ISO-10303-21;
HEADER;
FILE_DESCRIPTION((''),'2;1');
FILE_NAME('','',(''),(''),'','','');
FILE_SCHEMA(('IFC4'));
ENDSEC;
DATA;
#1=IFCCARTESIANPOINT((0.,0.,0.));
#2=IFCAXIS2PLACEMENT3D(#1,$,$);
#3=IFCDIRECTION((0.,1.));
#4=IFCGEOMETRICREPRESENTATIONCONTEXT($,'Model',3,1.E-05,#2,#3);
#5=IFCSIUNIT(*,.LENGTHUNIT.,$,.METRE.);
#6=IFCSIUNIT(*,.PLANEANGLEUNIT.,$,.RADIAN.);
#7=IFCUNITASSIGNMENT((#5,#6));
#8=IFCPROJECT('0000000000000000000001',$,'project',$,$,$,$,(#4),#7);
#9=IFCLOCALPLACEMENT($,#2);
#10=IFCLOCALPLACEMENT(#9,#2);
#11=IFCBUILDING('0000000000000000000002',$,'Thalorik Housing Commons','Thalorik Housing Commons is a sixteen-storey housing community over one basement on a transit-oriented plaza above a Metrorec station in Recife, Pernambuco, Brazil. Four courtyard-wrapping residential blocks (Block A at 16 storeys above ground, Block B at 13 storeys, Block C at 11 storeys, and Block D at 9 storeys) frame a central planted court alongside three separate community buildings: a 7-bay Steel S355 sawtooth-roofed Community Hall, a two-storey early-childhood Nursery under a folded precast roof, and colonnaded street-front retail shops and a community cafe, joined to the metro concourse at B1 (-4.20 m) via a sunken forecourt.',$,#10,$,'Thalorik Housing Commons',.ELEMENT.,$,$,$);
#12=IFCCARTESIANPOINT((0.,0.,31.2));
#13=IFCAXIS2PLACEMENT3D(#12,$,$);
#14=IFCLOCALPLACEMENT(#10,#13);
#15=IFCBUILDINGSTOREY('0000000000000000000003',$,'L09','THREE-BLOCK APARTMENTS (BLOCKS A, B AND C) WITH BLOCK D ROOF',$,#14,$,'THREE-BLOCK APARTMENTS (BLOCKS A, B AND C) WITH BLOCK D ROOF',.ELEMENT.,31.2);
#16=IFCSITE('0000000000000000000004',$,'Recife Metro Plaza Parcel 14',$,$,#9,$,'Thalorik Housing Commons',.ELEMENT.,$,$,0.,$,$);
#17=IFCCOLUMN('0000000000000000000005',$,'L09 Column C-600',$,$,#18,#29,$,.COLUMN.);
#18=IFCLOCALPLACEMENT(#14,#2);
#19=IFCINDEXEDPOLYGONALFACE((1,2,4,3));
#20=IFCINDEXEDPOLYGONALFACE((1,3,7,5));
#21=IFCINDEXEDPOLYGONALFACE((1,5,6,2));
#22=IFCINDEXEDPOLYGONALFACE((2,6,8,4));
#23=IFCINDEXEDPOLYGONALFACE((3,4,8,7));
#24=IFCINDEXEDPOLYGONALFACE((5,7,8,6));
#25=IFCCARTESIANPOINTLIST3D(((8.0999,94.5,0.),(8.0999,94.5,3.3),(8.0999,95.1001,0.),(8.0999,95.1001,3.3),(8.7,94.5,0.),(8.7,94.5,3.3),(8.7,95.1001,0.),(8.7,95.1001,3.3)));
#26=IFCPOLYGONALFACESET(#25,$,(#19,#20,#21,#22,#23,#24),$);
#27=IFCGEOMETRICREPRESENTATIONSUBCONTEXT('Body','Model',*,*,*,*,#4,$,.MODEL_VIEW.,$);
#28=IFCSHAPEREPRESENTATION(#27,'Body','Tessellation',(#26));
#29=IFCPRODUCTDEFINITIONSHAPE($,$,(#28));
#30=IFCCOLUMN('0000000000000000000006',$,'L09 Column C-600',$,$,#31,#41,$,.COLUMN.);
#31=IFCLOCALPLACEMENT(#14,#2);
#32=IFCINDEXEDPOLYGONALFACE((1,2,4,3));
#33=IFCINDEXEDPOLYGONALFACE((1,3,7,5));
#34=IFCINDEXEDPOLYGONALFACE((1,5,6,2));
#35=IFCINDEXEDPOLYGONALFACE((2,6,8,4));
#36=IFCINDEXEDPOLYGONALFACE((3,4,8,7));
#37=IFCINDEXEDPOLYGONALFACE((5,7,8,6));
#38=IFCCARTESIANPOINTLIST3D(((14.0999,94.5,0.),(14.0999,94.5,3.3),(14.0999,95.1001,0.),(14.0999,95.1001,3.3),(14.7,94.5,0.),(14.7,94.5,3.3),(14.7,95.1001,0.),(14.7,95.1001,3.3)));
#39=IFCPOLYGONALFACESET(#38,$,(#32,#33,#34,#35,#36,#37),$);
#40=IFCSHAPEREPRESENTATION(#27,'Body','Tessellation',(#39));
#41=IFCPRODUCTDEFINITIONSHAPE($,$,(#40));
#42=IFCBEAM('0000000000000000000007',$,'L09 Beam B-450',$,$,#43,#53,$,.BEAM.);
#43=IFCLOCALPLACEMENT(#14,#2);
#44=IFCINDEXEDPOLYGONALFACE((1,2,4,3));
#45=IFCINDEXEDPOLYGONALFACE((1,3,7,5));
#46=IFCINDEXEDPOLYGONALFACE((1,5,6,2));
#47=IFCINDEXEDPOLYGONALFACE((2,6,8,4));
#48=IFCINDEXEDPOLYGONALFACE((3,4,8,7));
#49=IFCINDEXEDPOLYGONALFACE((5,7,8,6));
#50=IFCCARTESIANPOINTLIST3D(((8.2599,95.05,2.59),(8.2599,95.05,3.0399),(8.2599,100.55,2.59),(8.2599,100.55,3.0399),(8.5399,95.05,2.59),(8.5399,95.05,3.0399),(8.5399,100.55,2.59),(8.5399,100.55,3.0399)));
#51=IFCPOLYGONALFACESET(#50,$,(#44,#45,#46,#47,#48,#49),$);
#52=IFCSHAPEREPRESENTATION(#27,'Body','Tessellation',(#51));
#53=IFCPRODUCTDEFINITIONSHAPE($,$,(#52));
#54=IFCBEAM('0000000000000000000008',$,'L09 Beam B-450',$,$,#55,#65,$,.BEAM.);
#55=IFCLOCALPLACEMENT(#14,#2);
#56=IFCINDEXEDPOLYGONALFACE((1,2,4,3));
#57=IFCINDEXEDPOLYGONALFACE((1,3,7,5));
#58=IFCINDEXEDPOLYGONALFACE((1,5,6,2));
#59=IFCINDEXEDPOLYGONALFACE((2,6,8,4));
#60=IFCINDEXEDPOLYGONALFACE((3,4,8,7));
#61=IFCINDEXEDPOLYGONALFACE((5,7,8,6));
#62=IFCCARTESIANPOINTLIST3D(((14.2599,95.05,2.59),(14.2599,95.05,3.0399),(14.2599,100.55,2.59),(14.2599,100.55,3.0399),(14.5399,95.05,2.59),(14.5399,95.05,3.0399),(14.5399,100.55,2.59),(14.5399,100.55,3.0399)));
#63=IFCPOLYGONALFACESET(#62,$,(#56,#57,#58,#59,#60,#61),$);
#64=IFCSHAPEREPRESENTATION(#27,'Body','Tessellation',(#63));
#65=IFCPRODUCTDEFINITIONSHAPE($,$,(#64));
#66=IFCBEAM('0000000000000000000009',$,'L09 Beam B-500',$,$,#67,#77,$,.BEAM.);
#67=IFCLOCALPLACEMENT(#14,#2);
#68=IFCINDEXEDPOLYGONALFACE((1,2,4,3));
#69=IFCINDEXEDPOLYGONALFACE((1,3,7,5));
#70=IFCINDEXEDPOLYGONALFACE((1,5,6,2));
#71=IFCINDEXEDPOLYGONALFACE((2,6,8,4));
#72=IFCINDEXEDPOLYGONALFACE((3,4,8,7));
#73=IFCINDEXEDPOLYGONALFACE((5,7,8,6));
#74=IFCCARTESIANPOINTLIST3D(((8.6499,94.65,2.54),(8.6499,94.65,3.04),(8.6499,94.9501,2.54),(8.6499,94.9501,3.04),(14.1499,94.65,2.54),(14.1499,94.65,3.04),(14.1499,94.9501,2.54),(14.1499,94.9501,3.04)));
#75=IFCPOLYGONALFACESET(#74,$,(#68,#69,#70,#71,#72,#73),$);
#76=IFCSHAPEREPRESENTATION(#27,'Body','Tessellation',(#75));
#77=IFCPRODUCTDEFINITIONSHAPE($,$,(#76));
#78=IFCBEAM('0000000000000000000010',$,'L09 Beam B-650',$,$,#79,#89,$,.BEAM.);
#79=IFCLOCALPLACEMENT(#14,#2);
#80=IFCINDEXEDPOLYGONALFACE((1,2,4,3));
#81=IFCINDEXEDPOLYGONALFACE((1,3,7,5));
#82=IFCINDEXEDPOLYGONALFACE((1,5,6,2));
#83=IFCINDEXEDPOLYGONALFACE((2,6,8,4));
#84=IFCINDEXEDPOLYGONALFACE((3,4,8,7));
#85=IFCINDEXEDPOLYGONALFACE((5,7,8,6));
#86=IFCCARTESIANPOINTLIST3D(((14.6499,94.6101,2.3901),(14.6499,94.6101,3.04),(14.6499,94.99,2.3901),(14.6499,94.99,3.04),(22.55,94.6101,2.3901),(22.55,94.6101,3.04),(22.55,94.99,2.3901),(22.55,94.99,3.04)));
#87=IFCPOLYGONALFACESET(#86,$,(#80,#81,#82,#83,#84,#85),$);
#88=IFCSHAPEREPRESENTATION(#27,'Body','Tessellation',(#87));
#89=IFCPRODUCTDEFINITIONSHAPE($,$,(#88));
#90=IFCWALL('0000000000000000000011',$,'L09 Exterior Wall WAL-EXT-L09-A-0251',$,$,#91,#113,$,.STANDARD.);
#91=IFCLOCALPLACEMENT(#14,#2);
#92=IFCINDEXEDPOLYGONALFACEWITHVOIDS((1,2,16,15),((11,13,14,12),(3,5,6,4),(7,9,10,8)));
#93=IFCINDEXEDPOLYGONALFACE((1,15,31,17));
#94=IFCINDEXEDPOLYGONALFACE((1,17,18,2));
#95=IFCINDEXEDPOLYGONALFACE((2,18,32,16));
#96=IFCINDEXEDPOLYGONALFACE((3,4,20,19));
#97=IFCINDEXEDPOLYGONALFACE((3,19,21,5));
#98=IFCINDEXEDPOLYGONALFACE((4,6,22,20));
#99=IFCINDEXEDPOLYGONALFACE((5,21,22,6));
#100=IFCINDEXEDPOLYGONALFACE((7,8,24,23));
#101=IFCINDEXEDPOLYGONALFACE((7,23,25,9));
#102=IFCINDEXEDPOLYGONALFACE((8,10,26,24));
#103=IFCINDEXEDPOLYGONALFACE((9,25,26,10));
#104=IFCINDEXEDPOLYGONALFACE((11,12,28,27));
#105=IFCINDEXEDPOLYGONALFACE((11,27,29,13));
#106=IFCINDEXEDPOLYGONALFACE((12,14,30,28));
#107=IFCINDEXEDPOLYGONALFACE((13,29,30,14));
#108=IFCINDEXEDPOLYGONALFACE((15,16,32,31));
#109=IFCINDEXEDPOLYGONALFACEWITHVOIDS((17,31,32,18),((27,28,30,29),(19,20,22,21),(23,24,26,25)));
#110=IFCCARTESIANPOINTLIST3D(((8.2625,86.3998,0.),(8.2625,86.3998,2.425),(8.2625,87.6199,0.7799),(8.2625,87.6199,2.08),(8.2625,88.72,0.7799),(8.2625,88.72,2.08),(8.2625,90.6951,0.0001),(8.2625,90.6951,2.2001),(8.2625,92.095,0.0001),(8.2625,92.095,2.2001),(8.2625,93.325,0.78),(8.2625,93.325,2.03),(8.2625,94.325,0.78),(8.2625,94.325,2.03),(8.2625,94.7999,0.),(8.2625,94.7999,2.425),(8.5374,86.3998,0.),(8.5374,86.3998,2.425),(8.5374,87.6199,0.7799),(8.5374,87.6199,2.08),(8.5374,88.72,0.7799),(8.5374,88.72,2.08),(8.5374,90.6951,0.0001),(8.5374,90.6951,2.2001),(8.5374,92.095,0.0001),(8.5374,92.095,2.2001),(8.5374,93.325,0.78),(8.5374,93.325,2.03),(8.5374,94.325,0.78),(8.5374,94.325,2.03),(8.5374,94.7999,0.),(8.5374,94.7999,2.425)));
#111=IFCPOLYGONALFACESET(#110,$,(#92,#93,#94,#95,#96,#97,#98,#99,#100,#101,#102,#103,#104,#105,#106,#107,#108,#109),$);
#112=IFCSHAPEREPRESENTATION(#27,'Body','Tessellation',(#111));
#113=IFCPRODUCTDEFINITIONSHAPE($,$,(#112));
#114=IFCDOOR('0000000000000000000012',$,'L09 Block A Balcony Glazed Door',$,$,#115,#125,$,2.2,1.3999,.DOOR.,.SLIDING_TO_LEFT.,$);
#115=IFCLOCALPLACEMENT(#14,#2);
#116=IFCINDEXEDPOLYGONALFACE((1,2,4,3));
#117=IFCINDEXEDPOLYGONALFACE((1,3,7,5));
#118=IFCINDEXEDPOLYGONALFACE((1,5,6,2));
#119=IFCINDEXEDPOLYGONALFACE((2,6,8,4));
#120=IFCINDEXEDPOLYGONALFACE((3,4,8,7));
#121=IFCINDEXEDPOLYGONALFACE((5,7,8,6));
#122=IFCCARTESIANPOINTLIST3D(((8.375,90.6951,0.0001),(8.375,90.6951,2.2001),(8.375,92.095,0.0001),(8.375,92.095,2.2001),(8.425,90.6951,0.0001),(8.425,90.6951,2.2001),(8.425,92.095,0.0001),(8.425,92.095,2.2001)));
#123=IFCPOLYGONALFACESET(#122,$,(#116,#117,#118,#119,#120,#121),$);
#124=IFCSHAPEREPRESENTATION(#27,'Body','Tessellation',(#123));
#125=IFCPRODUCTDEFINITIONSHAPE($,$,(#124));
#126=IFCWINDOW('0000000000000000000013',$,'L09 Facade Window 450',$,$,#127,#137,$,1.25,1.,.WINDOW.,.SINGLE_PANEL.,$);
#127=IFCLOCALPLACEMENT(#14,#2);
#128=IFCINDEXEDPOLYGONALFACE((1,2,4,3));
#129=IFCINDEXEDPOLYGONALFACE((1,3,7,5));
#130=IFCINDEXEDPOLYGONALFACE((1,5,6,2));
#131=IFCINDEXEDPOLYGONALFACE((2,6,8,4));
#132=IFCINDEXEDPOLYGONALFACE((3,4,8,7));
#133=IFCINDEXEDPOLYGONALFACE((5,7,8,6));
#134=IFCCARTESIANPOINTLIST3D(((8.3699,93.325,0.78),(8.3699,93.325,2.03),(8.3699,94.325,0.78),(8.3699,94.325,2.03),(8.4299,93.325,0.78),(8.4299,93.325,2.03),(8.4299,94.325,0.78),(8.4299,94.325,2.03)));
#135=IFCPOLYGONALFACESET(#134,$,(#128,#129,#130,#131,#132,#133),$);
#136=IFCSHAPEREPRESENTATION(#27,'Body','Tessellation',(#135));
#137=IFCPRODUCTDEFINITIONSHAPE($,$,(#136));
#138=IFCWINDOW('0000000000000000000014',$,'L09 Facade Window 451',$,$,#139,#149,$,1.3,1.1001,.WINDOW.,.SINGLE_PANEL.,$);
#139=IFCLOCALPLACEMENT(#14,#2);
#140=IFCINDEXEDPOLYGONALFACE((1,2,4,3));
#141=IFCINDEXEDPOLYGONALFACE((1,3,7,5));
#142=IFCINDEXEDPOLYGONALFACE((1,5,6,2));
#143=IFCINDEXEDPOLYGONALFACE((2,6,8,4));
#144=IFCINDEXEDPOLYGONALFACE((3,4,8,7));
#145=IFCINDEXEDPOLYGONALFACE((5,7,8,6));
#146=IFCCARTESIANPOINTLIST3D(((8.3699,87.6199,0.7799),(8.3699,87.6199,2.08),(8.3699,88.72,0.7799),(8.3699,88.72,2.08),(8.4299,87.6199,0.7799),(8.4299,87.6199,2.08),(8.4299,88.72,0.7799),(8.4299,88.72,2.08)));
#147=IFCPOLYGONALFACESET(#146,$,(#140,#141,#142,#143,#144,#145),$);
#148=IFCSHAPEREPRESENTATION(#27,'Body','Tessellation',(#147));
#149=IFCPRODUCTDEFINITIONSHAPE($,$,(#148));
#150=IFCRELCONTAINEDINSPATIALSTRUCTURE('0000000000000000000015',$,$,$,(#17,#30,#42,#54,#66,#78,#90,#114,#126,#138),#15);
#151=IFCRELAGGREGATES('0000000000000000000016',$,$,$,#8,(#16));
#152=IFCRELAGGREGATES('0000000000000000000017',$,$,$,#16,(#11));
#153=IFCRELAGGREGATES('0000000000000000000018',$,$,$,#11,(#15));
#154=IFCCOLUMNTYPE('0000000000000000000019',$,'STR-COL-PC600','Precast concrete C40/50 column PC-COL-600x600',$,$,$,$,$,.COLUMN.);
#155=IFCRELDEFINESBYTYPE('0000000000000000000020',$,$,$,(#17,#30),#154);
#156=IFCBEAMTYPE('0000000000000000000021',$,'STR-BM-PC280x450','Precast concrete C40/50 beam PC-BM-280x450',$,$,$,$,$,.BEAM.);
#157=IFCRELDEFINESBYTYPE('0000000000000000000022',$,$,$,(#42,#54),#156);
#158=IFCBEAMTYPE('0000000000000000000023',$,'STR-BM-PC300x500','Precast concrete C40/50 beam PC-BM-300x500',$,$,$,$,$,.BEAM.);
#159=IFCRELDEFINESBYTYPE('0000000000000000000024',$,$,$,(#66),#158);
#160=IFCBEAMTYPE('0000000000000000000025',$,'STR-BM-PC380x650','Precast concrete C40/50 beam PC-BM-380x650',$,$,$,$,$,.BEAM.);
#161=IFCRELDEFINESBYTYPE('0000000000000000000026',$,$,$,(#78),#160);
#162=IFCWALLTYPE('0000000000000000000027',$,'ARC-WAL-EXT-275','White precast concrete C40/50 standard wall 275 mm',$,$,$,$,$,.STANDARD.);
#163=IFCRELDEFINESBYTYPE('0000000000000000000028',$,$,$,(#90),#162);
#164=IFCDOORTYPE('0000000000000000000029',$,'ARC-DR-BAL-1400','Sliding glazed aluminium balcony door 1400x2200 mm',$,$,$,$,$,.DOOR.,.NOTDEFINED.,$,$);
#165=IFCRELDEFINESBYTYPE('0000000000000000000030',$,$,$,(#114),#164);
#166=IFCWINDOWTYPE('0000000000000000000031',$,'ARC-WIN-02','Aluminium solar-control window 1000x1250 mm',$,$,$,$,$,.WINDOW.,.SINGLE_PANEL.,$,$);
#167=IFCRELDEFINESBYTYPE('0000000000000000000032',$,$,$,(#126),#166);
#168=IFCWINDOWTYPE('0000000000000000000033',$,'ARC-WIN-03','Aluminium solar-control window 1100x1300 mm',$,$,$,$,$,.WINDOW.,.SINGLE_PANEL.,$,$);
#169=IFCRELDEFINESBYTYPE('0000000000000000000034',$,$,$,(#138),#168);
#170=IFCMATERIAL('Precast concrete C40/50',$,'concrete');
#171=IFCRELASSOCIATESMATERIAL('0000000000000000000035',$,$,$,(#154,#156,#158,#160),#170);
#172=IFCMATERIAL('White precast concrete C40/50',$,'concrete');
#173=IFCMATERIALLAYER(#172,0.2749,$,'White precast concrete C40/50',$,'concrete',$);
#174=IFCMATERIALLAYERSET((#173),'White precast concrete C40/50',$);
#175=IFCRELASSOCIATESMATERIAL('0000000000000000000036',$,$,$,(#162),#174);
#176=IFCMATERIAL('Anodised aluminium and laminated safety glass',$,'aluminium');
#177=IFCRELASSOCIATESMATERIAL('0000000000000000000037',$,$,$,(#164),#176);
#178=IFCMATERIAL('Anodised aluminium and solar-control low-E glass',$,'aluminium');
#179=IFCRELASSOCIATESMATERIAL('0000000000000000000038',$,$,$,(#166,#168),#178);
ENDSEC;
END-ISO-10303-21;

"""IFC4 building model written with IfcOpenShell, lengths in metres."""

from ifc_helpers import new_model, si_unit, direction, frame, frame_2d, origin, origin_2d, place, context, subcontext, project, spatial, rectangle, extrude, material, layer, layer_set, material_profile, profile_set, type_object, element, fill, save


model = new_model("IFC4")

# Units and contexts
model_context = context("Model", 3, precision=1e-05, world=origin(), true_north=direction((0.0, 1.0)))
body_context = subcontext(model_context, "Body", "Model", "MODEL_VIEW")
ifc_project = project(units=[si_unit("LENGTHUNIT", "METRE"), si_unit("PLANEANGLEUNIT", "RADIAN")], contexts=[model_context])

# Site, building, storey
site_placement = place(None, origin())
site = spatial("IfcSite", under=ifc_project, at=site_placement, Name="Recife Metro Plaza Parcel 14", LongName="Thalorik Housing Commons", CompositionType="ELEMENT", RefElevation=0.0)
building_placement = place(site_placement, origin())
building = spatial("IfcBuilding", under=site, at=building_placement, Name="Thalorik Housing Commons", Description="Thalorik Housing Commons is a sixteen-storey housing community over one basement on a transit-oriented plaza above a Metrorec station in Recife, Pernambuco, Brazil. Four courtyard-wrapping residential blocks (Block A at 16 storeys above ground, Block B at 13 storeys, Block C at 11 storeys, and Block D at 9 storeys) frame a central planted court alongside three separate community buildings: a 7-bay Steel S355 sawtooth-roofed Community Hall, a two-storey early-childhood Nursery under a folded precast roof, and colonnaded street-front retail shops and a community cafe, joined to the metro concourse at B1 (-4.20 m) via a sunken forecourt.", LongName="Thalorik Housing Commons", CompositionType="ELEMENT")
storey_placement = place(building_placement, frame((0.0, 0.0, 31.2)))
storey = spatial("IfcBuildingStorey", under=building, at=storey_placement, Name="L09", Description="THREE-BLOCK APARTMENTS (BLOCKS A, B AND C) WITH BLOCK D ROOF", LongName="THREE-BLOCK APARTMENTS (BLOCKS A, B AND C) WITH BLOCK D ROOF", CompositionType="ELEMENT", Elevation=31.2)

# Columns
ifc_material_1 = material(Name="Precast concrete C40/50", Category="concrete")
ifc_material_profile_1 = material_profile(ifc_material_1, rectangle(XDim=0.6001, YDim=0.6001, at=origin_2d()), Name="PC 600x600", Category="concrete")
ifc_profile_set_1 = profile_set([ifc_material_profile_1], Name="Precast concrete C40/50")
column_type = type_object("IfcColumnType", Name="STR-COL-PC600", Description="Precast concrete C40/50 column PC-COL-600x600", PredefinedType="COLUMN", material=ifc_profile_set_1)
for number, where, z_axis, x_axis, name in (
    (1, (8.3999, 94.8, 0.0), (0.0, 0.0, 1.0), (1.0, 0.0, 0.0), "L09 Column C-600"),
    (2, (14.3999, 94.8, 0.0), (0.0, 0.0, 1.0), (1.0, 0.0, 0.0), "L09 Column C-600"),
):
    element("IfcColumn", number, at=place(storey_placement, frame(where, z_axis=z_axis, x_axis=x_axis)), inside=storey, type_object=column_type, Name=name, PredefinedType="COLUMN", context=body_context, shape_type="SweptSolid", body=[
        extrude(rectangle(XDim=0.6001, YDim=0.6001, at=origin_2d()), origin(), (0.0, 0.0, 1.0), 3.3),
    ])

# Beams
ifc_material_profile_2 = material_profile(ifc_material_1, rectangle(XDim=0.28, YDim=0.45, at=origin_2d()), Name="PC 280x450", Category="concrete")
ifc_profile_set_2 = profile_set([ifc_material_profile_2], Name="Precast concrete C40/50")
beam_type_1 = type_object("IfcBeamType", Name="STR-BM-PC280x450", Description="Precast concrete C40/50 beam PC-BM-280x450", PredefinedType="BEAM", material=ifc_profile_set_2)
for number, where, z_axis, x_axis, name in (
    (3, (8.3999, 95.05, 2.8149), (0.0, 1.0, 0.0), (-1.0, 0.0, 0.0), "L09 Beam B-450"),
    (4, (14.3999, 95.05, 2.8149), (0.0, 1.0, 0.0), (-1.0, 0.0, 0.0), "L09 Beam B-450"),
):
    element("IfcBeam", number, at=place(storey_placement, frame(where, z_axis=z_axis, x_axis=x_axis)), inside=storey, type_object=beam_type_1, Name=name, PredefinedType="BEAM", context=body_context, shape_type="SweptSolid", body=[
        extrude(rectangle(XDim=0.28, YDim=0.45, at=origin_2d()), origin(), (0.0, 0.0, 1.0), 5.5),
    ])
ifc_material_profile_3 = material_profile(ifc_material_1, rectangle(XDim=0.3, YDim=0.5, at=origin_2d()), Name="PC 300x500", Category="concrete")
ifc_profile_set_3 = profile_set([ifc_material_profile_3], Name="Precast concrete C40/50")
beam_type_2 = type_object("IfcBeamType", Name="STR-BM-PC300x500", Description="Precast concrete C40/50 beam PC-BM-300x500", PredefinedType="BEAM", material=ifc_profile_set_3)
beam_1_placement = place(storey_placement, frame((8.6499, 94.8, 2.79), z_axis=(1.0, 0.0, 0.0), x_axis=(0.0, 1.0, 0.0)))
element("IfcBeam", 5, at=beam_1_placement, inside=storey, type_object=beam_type_2, Name="L09 Beam B-500", PredefinedType="BEAM", context=body_context, shape_type="SweptSolid", body=[
    extrude(rectangle(XDim=0.3, YDim=0.5, at=origin_2d()), origin(), (0.0, 0.0, 1.0), 5.5),
])
ifc_material_profile_4 = material_profile(ifc_material_1, rectangle(XDim=0.3799, YDim=0.6499, at=origin_2d()), Name="PC 380x650", Category="concrete")
ifc_profile_set_4 = profile_set([ifc_material_profile_4], Name="Precast concrete C40/50")
beam_type_3 = type_object("IfcBeamType", Name="STR-BM-PC380x650", Description="Precast concrete C40/50 beam PC-BM-380x650", PredefinedType="BEAM", material=ifc_profile_set_4)
beam_2_placement = place(storey_placement, frame((14.6499, 94.8, 2.7151), z_axis=(1.0, 0.0, 0.0), x_axis=(0.0, 1.0, 0.0)))
element("IfcBeam", 6, at=beam_2_placement, inside=storey, type_object=beam_type_3, Name="L09 Beam B-650", PredefinedType="BEAM", context=body_context, shape_type="SweptSolid", body=[
    extrude(rectangle(XDim=0.3799, YDim=0.6499, at=origin_2d()), origin(), (0.0, 0.0, 1.0), 7.9001),
])

# Wall, openings, door, windows
ifc_material_2 = material(Name="White precast concrete C40/50", Category="concrete")
ifc_layer_1 = layer(ifc_material_2, 0.2749, Name="White precast concrete C40/50", Category="concrete")
ifc_layer_set_1 = layer_set([ifc_layer_1], Name="White precast concrete C40/50")
wall_type_1 = type_object("IfcWallType", Name="ARC-WAL-EXT-275", Description="White precast concrete C40/50 standard wall 275 mm", PredefinedType="STANDARD", material=ifc_layer_set_1)
wall_1_placement = place(storey_placement, frame((8.3999, 94.8, 0.0), z_axis=(0.0, 0.0, 1.0), x_axis=(0.0, -1.0, 0.0)))
wall_1 = element("IfcWall", 7, at=wall_1_placement, inside=storey, type_object=wall_type_1, Name="L09 Exterior Wall WAL-EXT-L09-A-0251", PredefinedType="STANDARD", context=body_context, shape_type="SweptSolid", body=[
    extrude(rectangle(XDim=8.4001, YDim=0.2749, at=frame_2d((4.2002, 0.0))), origin(), (0.0, 0.0, 1.0), 2.425),
])
opening_1_placement = place(wall_1_placement, frame((2.7051, 0.0, 0.0)))
opening_1 = element("IfcOpeningElement", 8, at=opening_1_placement, cuts=wall_1, PredefinedType="OPENING", context=body_context, shape_type="SweptSolid", body=[
    extrude(rectangle(XDim=1.3999, YDim=2.2, at=frame_2d((0.7, 1.1001))), frame((0.0, 0.1475, 0.0), z_axis=(0.0, -1.0, 0.0), x_axis=(1.0, 0.0, 0.0)), (0.0, 0.0, 1.0), 0.2949),
])
opening_2_placement = place(wall_1_placement, frame((0.4751, 0.0, 0.78)))
opening_2 = element("IfcOpeningElement", 9, at=opening_2_placement, cuts=wall_1, PredefinedType="OPENING", context=body_context, shape_type="SweptSolid", body=[
    extrude(rectangle(XDim=1.0, YDim=1.25, at=frame_2d((0.5, 0.625))), frame((0.0, 0.1475, 0.0), z_axis=(0.0, -1.0, 0.0), x_axis=(1.0, 0.0, 0.0)), (0.0, 0.0, 1.0), 0.2949),
])
opening_3_placement = place(wall_1_placement, frame((6.0801, 0.0, 0.78)))
opening_3 = element("IfcOpeningElement", 10, at=opening_3_placement, cuts=wall_1, PredefinedType="OPENING", context=body_context, shape_type="SweptSolid", body=[
    extrude(rectangle(XDim=1.1001, YDim=1.3, at=frame_2d((0.55, 0.6499))), frame((0.0, 0.1475, 0.0), z_axis=(0.0, -1.0, 0.0), x_axis=(1.0, 0.0, 0.0)), (0.0, 0.0, 1.0), 0.2949),
])
ifc_material_3 = material(Name="Anodised aluminium and laminated safety glass", Category="aluminium")
door_type_1 = type_object("IfcDoorType", Name="ARC-DR-BAL-1400", Description="Sliding glazed aluminium balcony door 1400x2200 mm", OperationType="NOTDEFINED", PredefinedType="DOOR", material=ifc_material_3)
door_1_placement = place(opening_1_placement, frame((1.3999, 0.0, 0.0), z_axis=(0.0, 0.0, 1.0), x_axis=(-1.0, 0.0, 0.0)))
door_1 = element("IfcDoor", 11, at=door_1_placement, inside=storey, type_object=door_type_1, Name="L09 Block A Balcony Glazed Door", OperationType="SLIDING_TO_LEFT", OverallHeight=2.2, OverallWidth=1.3999, PredefinedType="DOOR", context=body_context, shape_type="SweptSolid", body=[
    extrude(rectangle(XDim=1.3999, YDim=2.2, at=frame_2d((0.7, 1.1001))), frame((0.0, 0.0249, 0.0), z_axis=(0.0, -1.0, 0.0), x_axis=(1.0, 0.0, 0.0)), (0.0, 0.0, 1.0), 0.05),
])
fill(opening_1, door_1)
ifc_material_4 = material(Name="Anodised aluminium and solar-control low-E glass", Category="aluminium")
window_type_1 = type_object("IfcWindowType", Name="ARC-WIN-02", Description="Aluminium solar-control window 1000x1250 mm", PartitioningType="SINGLE_PANEL", PredefinedType="WINDOW", material=ifc_material_4)
window_1_placement = place(opening_2_placement, origin())
window_1 = element("IfcWindow", 12, at=window_1_placement, inside=storey, type_object=window_type_1, Name="L09 Facade Window 450", OverallHeight=1.25, OverallWidth=1.0, PartitioningType="SINGLE_PANEL", PredefinedType="WINDOW", context=body_context, shape_type="SweptSolid", body=[
    extrude(rectangle(XDim=1.0, YDim=1.25, at=frame_2d((0.5, 0.625))), frame((0.0, 0.03, 0.0), z_axis=(0.0, -1.0, 0.0), x_axis=(1.0, 0.0, 0.0)), (0.0, 0.0, 1.0), 0.0601),
])
fill(opening_2, window_1)
window_type_2 = type_object("IfcWindowType", Name="ARC-WIN-03", Description="Aluminium solar-control window 1100x1300 mm", PartitioningType="SINGLE_PANEL", PredefinedType="WINDOW", material=ifc_material_4)
window_2_placement = place(opening_3_placement, origin())
window_2 = element("IfcWindow", 13, at=window_2_placement, inside=storey, type_object=window_type_2, Name="L09 Facade Window 451", OverallHeight=1.3, OverallWidth=1.1001, PartitioningType="SINGLE_PANEL", PredefinedType="WINDOW", context=body_context, shape_type="SweptSolid", body=[
    extrude(rectangle(XDim=1.1001, YDim=1.3, at=frame_2d((0.55, 0.6499))), frame((0.0, 0.03, 0.0), z_axis=(0.0, -1.0, 0.0), x_axis=(1.0, 0.0, 0.0)), (0.0, 0.0, 1.0), 0.0601),
])
fill(opening_3, window_2)

save(model, "model.ifc")
